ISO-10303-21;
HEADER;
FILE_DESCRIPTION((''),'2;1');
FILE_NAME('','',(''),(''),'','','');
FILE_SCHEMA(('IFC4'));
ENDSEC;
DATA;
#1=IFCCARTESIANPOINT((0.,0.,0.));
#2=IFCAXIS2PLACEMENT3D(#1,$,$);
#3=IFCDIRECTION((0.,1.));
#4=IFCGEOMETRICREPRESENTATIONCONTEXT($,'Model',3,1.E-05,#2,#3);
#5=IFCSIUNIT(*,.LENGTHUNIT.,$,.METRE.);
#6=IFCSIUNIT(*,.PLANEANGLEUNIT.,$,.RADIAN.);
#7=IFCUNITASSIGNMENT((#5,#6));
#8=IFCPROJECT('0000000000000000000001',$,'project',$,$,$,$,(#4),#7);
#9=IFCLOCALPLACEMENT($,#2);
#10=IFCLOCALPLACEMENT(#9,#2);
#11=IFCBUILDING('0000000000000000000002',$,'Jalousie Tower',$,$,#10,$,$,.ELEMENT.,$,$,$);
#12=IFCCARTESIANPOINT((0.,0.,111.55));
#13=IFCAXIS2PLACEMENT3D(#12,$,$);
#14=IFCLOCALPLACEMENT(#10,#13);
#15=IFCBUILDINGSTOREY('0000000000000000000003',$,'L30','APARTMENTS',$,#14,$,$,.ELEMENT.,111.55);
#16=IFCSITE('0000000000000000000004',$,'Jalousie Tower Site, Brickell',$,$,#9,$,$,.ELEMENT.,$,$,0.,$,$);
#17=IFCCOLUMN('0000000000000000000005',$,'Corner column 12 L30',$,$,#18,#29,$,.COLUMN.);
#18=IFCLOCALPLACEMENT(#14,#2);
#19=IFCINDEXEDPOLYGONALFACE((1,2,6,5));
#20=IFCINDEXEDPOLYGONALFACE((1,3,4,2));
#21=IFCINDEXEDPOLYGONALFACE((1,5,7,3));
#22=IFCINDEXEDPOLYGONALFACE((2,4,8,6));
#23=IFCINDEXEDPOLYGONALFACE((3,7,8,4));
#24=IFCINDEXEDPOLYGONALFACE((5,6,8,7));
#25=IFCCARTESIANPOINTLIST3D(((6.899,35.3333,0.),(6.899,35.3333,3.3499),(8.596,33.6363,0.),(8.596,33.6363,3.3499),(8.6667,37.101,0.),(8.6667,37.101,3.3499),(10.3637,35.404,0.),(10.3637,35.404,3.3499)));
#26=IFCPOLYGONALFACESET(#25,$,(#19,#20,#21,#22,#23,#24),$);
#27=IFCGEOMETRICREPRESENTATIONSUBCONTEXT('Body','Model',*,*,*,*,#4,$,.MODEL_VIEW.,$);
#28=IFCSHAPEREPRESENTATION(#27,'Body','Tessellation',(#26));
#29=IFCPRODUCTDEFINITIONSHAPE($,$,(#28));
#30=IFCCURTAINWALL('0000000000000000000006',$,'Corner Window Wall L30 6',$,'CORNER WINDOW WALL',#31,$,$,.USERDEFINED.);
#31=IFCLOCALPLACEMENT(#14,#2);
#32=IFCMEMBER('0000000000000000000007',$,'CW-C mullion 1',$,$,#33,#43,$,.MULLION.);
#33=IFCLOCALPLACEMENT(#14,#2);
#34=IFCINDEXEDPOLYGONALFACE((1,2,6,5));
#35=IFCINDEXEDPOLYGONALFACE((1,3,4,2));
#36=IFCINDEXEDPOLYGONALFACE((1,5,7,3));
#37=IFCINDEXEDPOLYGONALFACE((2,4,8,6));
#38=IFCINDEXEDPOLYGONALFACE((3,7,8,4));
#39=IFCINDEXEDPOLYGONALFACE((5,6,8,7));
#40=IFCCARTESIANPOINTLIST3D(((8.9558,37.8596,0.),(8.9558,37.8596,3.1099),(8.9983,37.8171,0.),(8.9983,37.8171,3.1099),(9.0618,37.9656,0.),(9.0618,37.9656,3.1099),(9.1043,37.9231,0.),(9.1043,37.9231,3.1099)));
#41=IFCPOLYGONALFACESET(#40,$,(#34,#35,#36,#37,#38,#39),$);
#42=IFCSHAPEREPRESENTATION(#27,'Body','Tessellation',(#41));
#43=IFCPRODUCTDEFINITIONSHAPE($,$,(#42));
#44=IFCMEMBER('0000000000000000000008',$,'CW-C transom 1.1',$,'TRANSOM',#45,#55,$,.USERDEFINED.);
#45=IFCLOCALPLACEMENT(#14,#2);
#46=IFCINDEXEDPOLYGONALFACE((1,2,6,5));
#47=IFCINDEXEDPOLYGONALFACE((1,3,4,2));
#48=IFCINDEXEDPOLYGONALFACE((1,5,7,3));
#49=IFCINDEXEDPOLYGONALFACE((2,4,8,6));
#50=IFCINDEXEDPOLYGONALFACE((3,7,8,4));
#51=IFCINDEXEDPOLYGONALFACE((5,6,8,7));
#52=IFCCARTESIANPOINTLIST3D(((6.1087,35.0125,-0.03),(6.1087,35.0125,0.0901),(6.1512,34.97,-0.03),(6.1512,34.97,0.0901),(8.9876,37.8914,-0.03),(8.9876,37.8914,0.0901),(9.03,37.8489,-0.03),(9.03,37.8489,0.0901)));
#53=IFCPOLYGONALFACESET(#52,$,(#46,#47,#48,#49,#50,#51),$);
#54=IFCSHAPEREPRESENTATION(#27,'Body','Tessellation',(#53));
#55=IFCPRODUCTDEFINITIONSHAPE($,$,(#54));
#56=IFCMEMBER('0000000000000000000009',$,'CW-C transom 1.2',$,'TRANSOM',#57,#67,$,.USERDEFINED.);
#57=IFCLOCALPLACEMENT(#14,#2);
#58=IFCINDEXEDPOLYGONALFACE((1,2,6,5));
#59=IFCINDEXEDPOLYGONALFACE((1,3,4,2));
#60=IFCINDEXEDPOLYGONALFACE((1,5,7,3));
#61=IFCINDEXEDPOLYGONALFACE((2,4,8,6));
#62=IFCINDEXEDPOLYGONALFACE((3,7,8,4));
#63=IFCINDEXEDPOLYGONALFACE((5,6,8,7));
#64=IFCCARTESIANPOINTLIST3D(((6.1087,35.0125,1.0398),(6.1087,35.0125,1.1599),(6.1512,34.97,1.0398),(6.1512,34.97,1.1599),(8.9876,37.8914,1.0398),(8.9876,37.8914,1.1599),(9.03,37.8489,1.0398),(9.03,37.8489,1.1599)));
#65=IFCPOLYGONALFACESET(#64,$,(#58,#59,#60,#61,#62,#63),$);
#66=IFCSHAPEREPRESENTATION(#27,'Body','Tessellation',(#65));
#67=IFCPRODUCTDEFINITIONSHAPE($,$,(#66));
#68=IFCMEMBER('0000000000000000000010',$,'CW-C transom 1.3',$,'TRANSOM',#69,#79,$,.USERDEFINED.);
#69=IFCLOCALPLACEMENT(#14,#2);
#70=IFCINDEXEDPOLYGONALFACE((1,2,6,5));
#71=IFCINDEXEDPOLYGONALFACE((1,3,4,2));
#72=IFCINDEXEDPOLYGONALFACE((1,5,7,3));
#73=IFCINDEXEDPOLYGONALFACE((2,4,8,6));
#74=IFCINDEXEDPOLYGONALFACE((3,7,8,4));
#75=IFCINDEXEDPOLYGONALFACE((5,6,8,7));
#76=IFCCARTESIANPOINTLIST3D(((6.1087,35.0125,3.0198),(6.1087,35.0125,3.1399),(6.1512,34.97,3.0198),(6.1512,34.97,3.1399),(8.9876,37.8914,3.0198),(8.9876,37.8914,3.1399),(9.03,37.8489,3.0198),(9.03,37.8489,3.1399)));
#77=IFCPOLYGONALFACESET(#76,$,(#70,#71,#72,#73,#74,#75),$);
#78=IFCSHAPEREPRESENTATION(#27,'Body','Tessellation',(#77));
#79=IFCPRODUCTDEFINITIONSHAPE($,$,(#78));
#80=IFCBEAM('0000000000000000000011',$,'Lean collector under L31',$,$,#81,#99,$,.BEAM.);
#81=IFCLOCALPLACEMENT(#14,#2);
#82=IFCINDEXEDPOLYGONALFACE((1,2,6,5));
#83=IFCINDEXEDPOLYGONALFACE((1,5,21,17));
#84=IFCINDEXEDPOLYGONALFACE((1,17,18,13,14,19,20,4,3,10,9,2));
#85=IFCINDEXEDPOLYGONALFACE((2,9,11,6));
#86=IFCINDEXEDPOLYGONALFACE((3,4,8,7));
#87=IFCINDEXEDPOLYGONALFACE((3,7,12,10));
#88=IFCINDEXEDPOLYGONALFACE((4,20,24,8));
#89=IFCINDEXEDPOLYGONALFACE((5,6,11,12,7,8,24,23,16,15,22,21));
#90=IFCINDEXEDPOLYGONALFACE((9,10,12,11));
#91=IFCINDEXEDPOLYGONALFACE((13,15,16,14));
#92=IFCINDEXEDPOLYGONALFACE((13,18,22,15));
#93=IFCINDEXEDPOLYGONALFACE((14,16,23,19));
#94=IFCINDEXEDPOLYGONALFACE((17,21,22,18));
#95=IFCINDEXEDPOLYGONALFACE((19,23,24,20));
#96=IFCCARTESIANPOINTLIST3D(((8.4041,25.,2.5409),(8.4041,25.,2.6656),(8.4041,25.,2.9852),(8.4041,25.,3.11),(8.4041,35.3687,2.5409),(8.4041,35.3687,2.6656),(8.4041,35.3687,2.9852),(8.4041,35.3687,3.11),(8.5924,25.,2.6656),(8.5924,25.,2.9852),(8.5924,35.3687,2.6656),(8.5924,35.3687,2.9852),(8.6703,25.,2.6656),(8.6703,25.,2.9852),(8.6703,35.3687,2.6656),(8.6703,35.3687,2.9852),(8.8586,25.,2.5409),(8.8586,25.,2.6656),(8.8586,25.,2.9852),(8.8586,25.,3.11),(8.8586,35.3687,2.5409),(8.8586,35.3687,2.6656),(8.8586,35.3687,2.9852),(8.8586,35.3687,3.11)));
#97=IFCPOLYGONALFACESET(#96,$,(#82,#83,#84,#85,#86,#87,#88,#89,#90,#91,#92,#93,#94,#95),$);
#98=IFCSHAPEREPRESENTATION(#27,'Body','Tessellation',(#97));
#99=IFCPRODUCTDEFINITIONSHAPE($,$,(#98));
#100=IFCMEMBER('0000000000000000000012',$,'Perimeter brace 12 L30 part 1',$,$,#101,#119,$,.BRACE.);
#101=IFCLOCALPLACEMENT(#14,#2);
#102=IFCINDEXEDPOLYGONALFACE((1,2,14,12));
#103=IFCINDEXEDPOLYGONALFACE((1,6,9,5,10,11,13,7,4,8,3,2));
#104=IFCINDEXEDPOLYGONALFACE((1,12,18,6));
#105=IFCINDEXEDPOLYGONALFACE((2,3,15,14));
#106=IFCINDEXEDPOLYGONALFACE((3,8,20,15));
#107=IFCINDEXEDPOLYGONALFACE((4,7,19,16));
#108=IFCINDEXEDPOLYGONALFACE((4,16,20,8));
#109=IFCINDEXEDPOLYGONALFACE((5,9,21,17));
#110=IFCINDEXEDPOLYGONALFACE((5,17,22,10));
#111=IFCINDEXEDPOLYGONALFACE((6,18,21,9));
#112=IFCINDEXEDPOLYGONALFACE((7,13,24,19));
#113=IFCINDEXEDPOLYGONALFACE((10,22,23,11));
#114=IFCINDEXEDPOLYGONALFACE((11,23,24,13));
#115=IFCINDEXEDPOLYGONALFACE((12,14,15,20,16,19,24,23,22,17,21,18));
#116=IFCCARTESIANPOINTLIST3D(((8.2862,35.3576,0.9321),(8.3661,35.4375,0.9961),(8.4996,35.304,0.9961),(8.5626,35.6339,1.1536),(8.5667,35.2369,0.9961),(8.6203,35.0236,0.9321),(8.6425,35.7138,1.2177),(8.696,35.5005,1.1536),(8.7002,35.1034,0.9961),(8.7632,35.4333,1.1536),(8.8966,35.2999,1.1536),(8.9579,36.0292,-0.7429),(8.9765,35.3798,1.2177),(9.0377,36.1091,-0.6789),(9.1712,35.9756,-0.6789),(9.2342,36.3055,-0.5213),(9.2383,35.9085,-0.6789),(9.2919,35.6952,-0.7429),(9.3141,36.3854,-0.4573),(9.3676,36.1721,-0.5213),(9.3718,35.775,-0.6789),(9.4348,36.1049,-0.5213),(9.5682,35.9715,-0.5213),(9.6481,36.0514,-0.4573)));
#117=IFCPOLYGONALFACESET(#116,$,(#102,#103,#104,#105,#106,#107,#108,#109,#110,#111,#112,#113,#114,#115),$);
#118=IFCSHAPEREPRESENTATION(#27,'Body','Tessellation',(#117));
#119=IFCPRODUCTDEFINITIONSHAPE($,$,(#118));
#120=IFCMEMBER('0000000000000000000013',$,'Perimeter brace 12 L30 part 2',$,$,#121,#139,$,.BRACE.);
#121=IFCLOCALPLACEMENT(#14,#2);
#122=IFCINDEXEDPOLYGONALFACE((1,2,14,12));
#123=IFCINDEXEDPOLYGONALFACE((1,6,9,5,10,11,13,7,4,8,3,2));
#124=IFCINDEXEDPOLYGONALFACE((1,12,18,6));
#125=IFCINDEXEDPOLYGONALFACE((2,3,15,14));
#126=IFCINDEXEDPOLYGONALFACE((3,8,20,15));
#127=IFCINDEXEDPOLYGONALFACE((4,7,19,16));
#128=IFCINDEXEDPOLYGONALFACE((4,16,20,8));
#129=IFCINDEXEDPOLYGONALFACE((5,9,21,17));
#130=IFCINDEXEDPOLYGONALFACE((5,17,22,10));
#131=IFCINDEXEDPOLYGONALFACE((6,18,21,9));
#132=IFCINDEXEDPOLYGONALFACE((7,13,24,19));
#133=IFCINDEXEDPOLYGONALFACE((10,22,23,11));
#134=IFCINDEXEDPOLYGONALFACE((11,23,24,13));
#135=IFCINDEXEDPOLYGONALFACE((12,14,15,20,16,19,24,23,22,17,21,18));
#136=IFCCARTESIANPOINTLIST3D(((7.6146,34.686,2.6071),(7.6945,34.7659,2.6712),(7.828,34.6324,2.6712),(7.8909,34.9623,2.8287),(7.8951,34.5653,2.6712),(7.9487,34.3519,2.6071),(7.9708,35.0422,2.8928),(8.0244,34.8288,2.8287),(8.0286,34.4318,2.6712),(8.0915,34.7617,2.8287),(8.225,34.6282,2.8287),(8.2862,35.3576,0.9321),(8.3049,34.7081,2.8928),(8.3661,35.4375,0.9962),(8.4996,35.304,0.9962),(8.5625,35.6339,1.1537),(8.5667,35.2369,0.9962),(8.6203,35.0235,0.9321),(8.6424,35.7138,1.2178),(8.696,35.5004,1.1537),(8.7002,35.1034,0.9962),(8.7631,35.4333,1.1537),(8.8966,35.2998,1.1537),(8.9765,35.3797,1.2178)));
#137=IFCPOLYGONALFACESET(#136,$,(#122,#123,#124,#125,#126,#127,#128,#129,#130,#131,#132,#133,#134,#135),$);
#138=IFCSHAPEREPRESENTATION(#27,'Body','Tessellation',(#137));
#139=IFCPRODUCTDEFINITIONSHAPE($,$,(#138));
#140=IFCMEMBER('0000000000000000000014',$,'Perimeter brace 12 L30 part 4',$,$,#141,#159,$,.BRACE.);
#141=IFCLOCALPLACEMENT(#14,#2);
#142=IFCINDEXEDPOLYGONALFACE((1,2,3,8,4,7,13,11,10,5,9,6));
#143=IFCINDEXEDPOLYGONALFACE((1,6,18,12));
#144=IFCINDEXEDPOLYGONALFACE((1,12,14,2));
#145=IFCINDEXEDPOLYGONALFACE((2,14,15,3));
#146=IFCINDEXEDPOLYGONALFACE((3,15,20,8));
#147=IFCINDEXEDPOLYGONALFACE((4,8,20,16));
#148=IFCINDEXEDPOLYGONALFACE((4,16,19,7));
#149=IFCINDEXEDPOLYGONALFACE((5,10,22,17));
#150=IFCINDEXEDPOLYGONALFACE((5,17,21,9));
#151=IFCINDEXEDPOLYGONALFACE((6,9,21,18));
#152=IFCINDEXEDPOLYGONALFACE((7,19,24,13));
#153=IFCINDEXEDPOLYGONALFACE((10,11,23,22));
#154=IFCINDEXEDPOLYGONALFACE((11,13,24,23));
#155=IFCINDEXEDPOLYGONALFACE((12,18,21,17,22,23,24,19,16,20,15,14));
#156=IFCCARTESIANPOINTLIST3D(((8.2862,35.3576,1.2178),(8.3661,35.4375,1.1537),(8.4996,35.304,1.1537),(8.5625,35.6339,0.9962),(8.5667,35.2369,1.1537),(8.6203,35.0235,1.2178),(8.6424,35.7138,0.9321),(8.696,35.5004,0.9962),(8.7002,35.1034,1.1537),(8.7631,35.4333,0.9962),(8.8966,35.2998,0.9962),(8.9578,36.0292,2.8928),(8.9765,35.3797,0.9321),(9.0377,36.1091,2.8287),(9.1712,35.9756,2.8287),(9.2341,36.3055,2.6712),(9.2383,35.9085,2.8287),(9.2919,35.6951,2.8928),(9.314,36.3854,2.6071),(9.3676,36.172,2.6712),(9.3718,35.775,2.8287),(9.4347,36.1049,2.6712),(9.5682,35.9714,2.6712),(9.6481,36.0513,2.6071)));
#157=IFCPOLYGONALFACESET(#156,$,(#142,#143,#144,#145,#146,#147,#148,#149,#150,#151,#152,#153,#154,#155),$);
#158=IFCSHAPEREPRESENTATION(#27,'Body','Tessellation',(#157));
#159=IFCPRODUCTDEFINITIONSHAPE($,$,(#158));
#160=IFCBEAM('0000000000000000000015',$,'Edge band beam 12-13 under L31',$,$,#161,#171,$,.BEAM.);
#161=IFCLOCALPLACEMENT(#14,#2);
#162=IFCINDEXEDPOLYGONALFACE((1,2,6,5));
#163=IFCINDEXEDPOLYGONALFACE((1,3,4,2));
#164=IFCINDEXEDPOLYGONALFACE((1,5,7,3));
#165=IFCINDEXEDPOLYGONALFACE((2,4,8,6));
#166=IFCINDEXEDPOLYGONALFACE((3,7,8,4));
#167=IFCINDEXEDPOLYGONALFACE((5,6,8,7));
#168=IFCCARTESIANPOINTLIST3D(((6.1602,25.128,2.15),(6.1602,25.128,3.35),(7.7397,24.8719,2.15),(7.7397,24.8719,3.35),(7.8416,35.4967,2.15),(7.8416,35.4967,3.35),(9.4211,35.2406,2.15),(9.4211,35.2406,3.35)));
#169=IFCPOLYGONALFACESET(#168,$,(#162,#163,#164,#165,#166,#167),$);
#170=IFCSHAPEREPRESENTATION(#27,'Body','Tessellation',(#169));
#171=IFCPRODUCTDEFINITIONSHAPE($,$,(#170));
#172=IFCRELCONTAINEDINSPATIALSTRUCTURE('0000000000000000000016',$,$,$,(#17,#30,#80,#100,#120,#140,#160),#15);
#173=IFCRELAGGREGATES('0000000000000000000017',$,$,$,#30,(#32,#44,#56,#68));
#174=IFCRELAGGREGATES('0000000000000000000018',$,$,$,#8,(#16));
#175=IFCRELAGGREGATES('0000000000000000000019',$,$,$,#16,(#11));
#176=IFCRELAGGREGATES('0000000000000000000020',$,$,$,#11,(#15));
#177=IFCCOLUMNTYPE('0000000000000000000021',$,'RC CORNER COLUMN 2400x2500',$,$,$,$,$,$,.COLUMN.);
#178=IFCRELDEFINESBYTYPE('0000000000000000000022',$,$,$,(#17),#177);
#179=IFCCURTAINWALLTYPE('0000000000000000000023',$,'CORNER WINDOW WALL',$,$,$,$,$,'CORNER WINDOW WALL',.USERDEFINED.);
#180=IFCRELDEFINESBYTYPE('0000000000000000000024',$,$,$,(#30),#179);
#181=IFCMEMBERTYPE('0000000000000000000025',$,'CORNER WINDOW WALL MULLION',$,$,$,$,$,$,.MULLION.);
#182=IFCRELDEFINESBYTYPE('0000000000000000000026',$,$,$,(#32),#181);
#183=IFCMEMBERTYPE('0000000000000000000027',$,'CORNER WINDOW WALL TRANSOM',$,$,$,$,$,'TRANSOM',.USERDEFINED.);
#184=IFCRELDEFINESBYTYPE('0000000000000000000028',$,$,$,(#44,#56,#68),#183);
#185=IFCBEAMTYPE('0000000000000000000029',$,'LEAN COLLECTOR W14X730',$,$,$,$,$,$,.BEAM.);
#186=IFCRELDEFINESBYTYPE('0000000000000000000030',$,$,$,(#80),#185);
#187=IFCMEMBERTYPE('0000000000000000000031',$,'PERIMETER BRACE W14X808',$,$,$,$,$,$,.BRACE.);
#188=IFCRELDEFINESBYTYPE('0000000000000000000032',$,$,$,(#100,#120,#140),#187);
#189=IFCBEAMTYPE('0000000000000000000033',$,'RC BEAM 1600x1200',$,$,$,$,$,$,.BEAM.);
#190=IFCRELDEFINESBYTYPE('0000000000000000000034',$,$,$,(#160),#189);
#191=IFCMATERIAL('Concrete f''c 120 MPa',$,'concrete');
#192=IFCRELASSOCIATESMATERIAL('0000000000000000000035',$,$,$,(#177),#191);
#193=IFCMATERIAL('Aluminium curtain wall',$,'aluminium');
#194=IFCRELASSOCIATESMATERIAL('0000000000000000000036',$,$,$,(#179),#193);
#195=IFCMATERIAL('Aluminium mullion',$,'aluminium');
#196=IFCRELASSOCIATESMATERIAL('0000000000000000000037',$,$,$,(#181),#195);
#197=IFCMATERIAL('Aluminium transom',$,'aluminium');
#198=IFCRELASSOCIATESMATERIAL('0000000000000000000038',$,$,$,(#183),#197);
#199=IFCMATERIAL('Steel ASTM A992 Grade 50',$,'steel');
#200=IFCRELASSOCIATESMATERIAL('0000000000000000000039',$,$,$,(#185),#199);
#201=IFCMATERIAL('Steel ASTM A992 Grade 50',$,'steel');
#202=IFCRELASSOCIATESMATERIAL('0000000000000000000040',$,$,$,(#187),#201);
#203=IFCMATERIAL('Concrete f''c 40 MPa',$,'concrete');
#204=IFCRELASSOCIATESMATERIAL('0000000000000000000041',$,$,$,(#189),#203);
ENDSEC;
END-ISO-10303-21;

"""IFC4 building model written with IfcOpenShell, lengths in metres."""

from ifc_helpers import new_model, si_unit, direction, frame, origin, origin_2d, place, context, subcontext, project, spatial, rectangle, i_section, extrude, material, material_profile, profile_set, type_object, element, aggregate, save


model = new_model("IFC4")

# Units and contexts
model_context = context("Model", 3, precision=1e-05, world=origin(), true_north=direction((0.0, 1.0)))
body_context = subcontext(model_context, "Body", "Model", "MODEL_VIEW")
ifc_project = project(units=[si_unit("LENGTHUNIT", "METRE"), si_unit("PLANEANGLEUNIT", "RADIAN")], contexts=[model_context])

# Site, building, storey
site_placement = place(None, origin())
site = spatial("IfcSite", under=ifc_project, at=site_placement, Name="Jalousie Tower Site, Brickell", CompositionType="ELEMENT", RefElevation=0.0)
building_placement = place(site_placement, origin())
building = spatial("IfcBuilding", under=site, at=building_placement, Name="Jalousie Tower", CompositionType="ELEMENT")
storey_placement = place(building_placement, frame((0.0, 0.0, 111.55)))
storey = spatial("IfcBuildingStorey", under=building, at=storey_placement, Name="L30", Description="APARTMENTS", CompositionType="ELEMENT", Elevation=111.55)

# Column
ifc_material_1 = material(Name="Concrete f'c 120 MPa", Category="concrete")
ifc_material_profile_1 = material_profile(ifc_material_1, rectangle(XDim=2.3999, YDim=2.5, at=origin_2d()), Name="RC 2400x2500")
ifc_profile_set_1 = profile_set([ifc_material_profile_1], Name="Concrete f'c 120 MPa")
column_type = type_object("IfcColumnType", Name="RC CORNER COLUMN 2400x2500", PredefinedType="COLUMN", material=ifc_profile_set_1)
column_placement = place(storey_placement, frame((8.6313, 35.3687, 0.0), z_axis=(0.0, 0.0, 1.0), x_axis=(0.707107, -0.707107, 0.0)))
element("IfcColumn", 1, at=column_placement, inside=storey, type_object=column_type, Name="Corner column 12 L30", PredefinedType="COLUMN", context=body_context, shape_type="SweptSolid", body=[
    extrude(rectangle(XDim=2.3999, YDim=2.5, at=origin_2d()), origin(), (0.0, 0.0, 1.0), 3.3499),
])

# Curtain wall, members
ifc_material_2 = material(Name="Aluminium curtain wall", Category="aluminium")
curtain_wall_type_1 = type_object("IfcCurtainWallType", Name="CORNER WINDOW WALL", ElementType="CORNER WINDOW WALL", PredefinedType="USERDEFINED", material=ifc_material_2)
curtain_wall_1_placement = place(storey_placement, origin())
curtain_wall_1 = element("IfcCurtainWall", 2, at=curtain_wall_1_placement, inside=storey, type_object=curtain_wall_type_1, Name="Corner Window Wall L30 6", ObjectType="CORNER WINDOW WALL", PredefinedType="USERDEFINED")
ifc_material_3 = material(Name="Aluminium mullion", Category="aluminium")
ifc_material_profile_2 = material_profile(ifc_material_3, rectangle(XDim=0.0601, YDim=0.1499, at=origin_2d()), Name="MULLION 60x150")
ifc_profile_set_2 = profile_set([ifc_material_profile_2], Name="Aluminium mullion")
member_type_1 = type_object("IfcMemberType", Name="CORNER WINDOW WALL MULLION", PredefinedType="MULLION", material=ifc_profile_set_2)
member_1_placement = place(storey_placement, frame((9.03, 37.8914, 0.0), z_axis=(0.0, 0.0, 1.0), x_axis=(0.707107, -0.707107, 0.0)))
member_1 = element("IfcMember", 3, at=member_1_placement, type_object=member_type_1, Name="CW-C mullion 1", PredefinedType="MULLION", context=body_context, shape_type="SweptSolid", body=[
    extrude(rectangle(XDim=0.0601, YDim=0.1499, at=origin_2d()), origin(), (0.0, 0.0, 1.0), 3.1099),
])
ifc_material_4 = material(Name="Aluminium transom", Category="aluminium")
ifc_material_profile_3 = material_profile(ifc_material_4, rectangle(XDim=0.0601, YDim=0.1201, at=origin_2d()), Name="TRANSOM 60x120")
ifc_profile_set_3 = profile_set([ifc_material_profile_3], Name="Aluminium transom")
member_type_2 = type_object("IfcMemberType", Name="CORNER WINDOW WALL TRANSOM", ElementType="TRANSOM", PredefinedType="USERDEFINED", material=ifc_profile_set_3)
member_2_placement = place(storey_placement, frame((9.0088, 37.8701, 0.03), z_axis=(-0.707107, -0.707107, 0.0), x_axis=(0.707107, -0.707107, 0.0)))
member_2 = element("IfcMember", 4, at=member_2_placement, type_object=member_type_2, Name="CW-C transom 1.1", ObjectType="TRANSOM", PredefinedType="USERDEFINED", context=body_context, shape_type="SweptSolid", body=[
    extrude(rectangle(XDim=0.0601, YDim=0.1201, at=origin_2d()), origin(), (0.0, 0.0, 1.0), 4.0713),
])
member_3_placement = place(storey_placement, frame((9.0088, 37.8701, 1.0999), z_axis=(-0.707107, -0.707107, 0.0), x_axis=(0.707107, -0.707107, 0.0)))
member_3 = element("IfcMember", 5, at=member_3_placement, type_object=member_type_2, Name="CW-C transom 1.2", ObjectType="TRANSOM", PredefinedType="USERDEFINED", context=body_context, shape_type="SweptSolid", body=[
    extrude(rectangle(XDim=0.0601, YDim=0.1201, at=origin_2d()), origin(), (0.0, 0.0, 1.0), 4.0713),
])
member_4_placement = place(storey_placement, frame((9.0088, 37.8701, 3.0798), z_axis=(-0.707107, -0.707107, 0.0), x_axis=(0.707107, -0.707107, 0.0)))
member_4 = element("IfcMember", 6, at=member_4_placement, type_object=member_type_2, Name="CW-C transom 1.3", ObjectType="TRANSOM", PredefinedType="USERDEFINED", context=body_context, shape_type="SweptSolid", body=[
    extrude(rectangle(XDim=0.0601, YDim=0.1201, at=origin_2d()), origin(), (0.0, 0.0, 1.0), 4.0713),
])

# Beam
ifc_material_5 = material(Name="Steel ASTM A992 Grade 50", Category="steel")
ifc_material_profile_4 = material_profile(ifc_material_5, i_section(OverallWidth=0.4546, OverallDepth=0.5691, WebThickness=0.0779, FlangeThickness=0.1248, at=origin_2d()), Name="W14X730")
ifc_profile_set_4 = profile_set([ifc_material_profile_4], Name="Steel ASTM A992 Grade 50")
beam_type_1 = type_object("IfcBeamType", Name="LEAN COLLECTOR W14X730", PredefinedType="BEAM", material=ifc_profile_set_4)
beam_1_placement = place(storey_placement, frame((8.6313, 35.3687, 2.8254), z_axis=(0.0, -1.0, 0.0), x_axis=(1.0, 0.0, 0.0)))
element("IfcBeam", 7, at=beam_1_placement, inside=storey, type_object=beam_type_1, Name="Lean collector under L31", PredefinedType="BEAM", context=body_context, shape_type="SweptSolid", body=[
    extrude(i_section(OverallWidth=0.4546, OverallDepth=0.5691, WebThickness=0.0779, FlangeThickness=0.1248, at=origin_2d()), origin(), (0.0, 0.0, 1.0), 10.3687),
])

# Members
ifc_material_6 = material(Name="Steel ASTM A992 Grade 50", Category="steel")
ifc_material_profile_5 = material_profile(ifc_material_6, i_section(OverallWidth=0.4724, OverallDepth=0.5791, WebThickness=0.095, FlangeThickness=0.1299, at=origin_2d()), Name="W14X808")
ifc_profile_set_5 = profile_set([ifc_material_profile_5], Name="Steel ASTM A992 Grade 50")
member_type_3 = type_object("IfcMemberType", Name="PERIMETER BRACE W14X808", PredefinedType="BRACE", material=ifc_profile_set_5)
for number, where, z_axis, x_axis, name in (
    (8, (9.303, 36.0403, -0.6001), (-0.348789, -0.348789, 0.869881), (0.707107, -0.707107, 0.0), "Perimeter brace 12 L30 part 1"),
    (9, (8.6313, 35.3687, 1.075), (-0.348789, -0.348789, 0.869881), (0.707107, -0.707107, 0.0), "Perimeter brace 12 L30 part 2"),
    (10, (8.6313, 35.3687, 1.075), (0.348789, 0.348789, 0.869881), (-0.707107, 0.707107, 0.0), "Perimeter brace 12 L30 part 4"),
):
    element("IfcMember", number, at=place(storey_placement, frame(where, z_axis=z_axis, x_axis=x_axis)), inside=storey, type_object=member_type_3, Name=name, PredefinedType="BRACE", context=body_context, shape_type="SweptSolid", body=[
        extrude(i_section(OverallWidth=0.4724, OverallDepth=0.5791, WebThickness=0.095, FlangeThickness=0.1299, at=origin_2d()), origin(), (0.0, 0.0, 1.0), 1.9255),
    ])

# Beam
ifc_material_7 = material(Name="Concrete f'c 40 MPa", Category="concrete")
ifc_material_profile_6 = material_profile(ifc_material_7, rectangle(XDim=1.6001, YDim=1.2, at=origin_2d()), Name="RC 1600x1200")
ifc_profile_set_6 = profile_set([ifc_material_profile_6], Name="Concrete f'c 40 MPa")
beam_type_2 = type_object("IfcBeamType", Name="RC BEAM 1600x1200", PredefinedType="BEAM", material=ifc_profile_set_6)
beam_2_placement = place(storey_placement, frame((8.6313, 35.3687, 2.75), z_axis=(-0.160071, -0.987106, 0.0), x_axis=(0.987106, -0.160071, 0.0)))
element("IfcBeam", 11, at=beam_2_placement, inside=storey, type_object=beam_type_2, Name="Edge band beam 12-13 under L31", PredefinedType="BEAM", context=body_context, shape_type="SweptSolid", body=[
    extrude(rectangle(XDim=1.6001, YDim=1.2, at=origin_2d()), origin(), (0.0, 0.0, 1.0), 10.5042),
])

aggregate(curtain_wall_1, [member_1, member_2, member_3, member_4])

save(model, "model.ifc")
